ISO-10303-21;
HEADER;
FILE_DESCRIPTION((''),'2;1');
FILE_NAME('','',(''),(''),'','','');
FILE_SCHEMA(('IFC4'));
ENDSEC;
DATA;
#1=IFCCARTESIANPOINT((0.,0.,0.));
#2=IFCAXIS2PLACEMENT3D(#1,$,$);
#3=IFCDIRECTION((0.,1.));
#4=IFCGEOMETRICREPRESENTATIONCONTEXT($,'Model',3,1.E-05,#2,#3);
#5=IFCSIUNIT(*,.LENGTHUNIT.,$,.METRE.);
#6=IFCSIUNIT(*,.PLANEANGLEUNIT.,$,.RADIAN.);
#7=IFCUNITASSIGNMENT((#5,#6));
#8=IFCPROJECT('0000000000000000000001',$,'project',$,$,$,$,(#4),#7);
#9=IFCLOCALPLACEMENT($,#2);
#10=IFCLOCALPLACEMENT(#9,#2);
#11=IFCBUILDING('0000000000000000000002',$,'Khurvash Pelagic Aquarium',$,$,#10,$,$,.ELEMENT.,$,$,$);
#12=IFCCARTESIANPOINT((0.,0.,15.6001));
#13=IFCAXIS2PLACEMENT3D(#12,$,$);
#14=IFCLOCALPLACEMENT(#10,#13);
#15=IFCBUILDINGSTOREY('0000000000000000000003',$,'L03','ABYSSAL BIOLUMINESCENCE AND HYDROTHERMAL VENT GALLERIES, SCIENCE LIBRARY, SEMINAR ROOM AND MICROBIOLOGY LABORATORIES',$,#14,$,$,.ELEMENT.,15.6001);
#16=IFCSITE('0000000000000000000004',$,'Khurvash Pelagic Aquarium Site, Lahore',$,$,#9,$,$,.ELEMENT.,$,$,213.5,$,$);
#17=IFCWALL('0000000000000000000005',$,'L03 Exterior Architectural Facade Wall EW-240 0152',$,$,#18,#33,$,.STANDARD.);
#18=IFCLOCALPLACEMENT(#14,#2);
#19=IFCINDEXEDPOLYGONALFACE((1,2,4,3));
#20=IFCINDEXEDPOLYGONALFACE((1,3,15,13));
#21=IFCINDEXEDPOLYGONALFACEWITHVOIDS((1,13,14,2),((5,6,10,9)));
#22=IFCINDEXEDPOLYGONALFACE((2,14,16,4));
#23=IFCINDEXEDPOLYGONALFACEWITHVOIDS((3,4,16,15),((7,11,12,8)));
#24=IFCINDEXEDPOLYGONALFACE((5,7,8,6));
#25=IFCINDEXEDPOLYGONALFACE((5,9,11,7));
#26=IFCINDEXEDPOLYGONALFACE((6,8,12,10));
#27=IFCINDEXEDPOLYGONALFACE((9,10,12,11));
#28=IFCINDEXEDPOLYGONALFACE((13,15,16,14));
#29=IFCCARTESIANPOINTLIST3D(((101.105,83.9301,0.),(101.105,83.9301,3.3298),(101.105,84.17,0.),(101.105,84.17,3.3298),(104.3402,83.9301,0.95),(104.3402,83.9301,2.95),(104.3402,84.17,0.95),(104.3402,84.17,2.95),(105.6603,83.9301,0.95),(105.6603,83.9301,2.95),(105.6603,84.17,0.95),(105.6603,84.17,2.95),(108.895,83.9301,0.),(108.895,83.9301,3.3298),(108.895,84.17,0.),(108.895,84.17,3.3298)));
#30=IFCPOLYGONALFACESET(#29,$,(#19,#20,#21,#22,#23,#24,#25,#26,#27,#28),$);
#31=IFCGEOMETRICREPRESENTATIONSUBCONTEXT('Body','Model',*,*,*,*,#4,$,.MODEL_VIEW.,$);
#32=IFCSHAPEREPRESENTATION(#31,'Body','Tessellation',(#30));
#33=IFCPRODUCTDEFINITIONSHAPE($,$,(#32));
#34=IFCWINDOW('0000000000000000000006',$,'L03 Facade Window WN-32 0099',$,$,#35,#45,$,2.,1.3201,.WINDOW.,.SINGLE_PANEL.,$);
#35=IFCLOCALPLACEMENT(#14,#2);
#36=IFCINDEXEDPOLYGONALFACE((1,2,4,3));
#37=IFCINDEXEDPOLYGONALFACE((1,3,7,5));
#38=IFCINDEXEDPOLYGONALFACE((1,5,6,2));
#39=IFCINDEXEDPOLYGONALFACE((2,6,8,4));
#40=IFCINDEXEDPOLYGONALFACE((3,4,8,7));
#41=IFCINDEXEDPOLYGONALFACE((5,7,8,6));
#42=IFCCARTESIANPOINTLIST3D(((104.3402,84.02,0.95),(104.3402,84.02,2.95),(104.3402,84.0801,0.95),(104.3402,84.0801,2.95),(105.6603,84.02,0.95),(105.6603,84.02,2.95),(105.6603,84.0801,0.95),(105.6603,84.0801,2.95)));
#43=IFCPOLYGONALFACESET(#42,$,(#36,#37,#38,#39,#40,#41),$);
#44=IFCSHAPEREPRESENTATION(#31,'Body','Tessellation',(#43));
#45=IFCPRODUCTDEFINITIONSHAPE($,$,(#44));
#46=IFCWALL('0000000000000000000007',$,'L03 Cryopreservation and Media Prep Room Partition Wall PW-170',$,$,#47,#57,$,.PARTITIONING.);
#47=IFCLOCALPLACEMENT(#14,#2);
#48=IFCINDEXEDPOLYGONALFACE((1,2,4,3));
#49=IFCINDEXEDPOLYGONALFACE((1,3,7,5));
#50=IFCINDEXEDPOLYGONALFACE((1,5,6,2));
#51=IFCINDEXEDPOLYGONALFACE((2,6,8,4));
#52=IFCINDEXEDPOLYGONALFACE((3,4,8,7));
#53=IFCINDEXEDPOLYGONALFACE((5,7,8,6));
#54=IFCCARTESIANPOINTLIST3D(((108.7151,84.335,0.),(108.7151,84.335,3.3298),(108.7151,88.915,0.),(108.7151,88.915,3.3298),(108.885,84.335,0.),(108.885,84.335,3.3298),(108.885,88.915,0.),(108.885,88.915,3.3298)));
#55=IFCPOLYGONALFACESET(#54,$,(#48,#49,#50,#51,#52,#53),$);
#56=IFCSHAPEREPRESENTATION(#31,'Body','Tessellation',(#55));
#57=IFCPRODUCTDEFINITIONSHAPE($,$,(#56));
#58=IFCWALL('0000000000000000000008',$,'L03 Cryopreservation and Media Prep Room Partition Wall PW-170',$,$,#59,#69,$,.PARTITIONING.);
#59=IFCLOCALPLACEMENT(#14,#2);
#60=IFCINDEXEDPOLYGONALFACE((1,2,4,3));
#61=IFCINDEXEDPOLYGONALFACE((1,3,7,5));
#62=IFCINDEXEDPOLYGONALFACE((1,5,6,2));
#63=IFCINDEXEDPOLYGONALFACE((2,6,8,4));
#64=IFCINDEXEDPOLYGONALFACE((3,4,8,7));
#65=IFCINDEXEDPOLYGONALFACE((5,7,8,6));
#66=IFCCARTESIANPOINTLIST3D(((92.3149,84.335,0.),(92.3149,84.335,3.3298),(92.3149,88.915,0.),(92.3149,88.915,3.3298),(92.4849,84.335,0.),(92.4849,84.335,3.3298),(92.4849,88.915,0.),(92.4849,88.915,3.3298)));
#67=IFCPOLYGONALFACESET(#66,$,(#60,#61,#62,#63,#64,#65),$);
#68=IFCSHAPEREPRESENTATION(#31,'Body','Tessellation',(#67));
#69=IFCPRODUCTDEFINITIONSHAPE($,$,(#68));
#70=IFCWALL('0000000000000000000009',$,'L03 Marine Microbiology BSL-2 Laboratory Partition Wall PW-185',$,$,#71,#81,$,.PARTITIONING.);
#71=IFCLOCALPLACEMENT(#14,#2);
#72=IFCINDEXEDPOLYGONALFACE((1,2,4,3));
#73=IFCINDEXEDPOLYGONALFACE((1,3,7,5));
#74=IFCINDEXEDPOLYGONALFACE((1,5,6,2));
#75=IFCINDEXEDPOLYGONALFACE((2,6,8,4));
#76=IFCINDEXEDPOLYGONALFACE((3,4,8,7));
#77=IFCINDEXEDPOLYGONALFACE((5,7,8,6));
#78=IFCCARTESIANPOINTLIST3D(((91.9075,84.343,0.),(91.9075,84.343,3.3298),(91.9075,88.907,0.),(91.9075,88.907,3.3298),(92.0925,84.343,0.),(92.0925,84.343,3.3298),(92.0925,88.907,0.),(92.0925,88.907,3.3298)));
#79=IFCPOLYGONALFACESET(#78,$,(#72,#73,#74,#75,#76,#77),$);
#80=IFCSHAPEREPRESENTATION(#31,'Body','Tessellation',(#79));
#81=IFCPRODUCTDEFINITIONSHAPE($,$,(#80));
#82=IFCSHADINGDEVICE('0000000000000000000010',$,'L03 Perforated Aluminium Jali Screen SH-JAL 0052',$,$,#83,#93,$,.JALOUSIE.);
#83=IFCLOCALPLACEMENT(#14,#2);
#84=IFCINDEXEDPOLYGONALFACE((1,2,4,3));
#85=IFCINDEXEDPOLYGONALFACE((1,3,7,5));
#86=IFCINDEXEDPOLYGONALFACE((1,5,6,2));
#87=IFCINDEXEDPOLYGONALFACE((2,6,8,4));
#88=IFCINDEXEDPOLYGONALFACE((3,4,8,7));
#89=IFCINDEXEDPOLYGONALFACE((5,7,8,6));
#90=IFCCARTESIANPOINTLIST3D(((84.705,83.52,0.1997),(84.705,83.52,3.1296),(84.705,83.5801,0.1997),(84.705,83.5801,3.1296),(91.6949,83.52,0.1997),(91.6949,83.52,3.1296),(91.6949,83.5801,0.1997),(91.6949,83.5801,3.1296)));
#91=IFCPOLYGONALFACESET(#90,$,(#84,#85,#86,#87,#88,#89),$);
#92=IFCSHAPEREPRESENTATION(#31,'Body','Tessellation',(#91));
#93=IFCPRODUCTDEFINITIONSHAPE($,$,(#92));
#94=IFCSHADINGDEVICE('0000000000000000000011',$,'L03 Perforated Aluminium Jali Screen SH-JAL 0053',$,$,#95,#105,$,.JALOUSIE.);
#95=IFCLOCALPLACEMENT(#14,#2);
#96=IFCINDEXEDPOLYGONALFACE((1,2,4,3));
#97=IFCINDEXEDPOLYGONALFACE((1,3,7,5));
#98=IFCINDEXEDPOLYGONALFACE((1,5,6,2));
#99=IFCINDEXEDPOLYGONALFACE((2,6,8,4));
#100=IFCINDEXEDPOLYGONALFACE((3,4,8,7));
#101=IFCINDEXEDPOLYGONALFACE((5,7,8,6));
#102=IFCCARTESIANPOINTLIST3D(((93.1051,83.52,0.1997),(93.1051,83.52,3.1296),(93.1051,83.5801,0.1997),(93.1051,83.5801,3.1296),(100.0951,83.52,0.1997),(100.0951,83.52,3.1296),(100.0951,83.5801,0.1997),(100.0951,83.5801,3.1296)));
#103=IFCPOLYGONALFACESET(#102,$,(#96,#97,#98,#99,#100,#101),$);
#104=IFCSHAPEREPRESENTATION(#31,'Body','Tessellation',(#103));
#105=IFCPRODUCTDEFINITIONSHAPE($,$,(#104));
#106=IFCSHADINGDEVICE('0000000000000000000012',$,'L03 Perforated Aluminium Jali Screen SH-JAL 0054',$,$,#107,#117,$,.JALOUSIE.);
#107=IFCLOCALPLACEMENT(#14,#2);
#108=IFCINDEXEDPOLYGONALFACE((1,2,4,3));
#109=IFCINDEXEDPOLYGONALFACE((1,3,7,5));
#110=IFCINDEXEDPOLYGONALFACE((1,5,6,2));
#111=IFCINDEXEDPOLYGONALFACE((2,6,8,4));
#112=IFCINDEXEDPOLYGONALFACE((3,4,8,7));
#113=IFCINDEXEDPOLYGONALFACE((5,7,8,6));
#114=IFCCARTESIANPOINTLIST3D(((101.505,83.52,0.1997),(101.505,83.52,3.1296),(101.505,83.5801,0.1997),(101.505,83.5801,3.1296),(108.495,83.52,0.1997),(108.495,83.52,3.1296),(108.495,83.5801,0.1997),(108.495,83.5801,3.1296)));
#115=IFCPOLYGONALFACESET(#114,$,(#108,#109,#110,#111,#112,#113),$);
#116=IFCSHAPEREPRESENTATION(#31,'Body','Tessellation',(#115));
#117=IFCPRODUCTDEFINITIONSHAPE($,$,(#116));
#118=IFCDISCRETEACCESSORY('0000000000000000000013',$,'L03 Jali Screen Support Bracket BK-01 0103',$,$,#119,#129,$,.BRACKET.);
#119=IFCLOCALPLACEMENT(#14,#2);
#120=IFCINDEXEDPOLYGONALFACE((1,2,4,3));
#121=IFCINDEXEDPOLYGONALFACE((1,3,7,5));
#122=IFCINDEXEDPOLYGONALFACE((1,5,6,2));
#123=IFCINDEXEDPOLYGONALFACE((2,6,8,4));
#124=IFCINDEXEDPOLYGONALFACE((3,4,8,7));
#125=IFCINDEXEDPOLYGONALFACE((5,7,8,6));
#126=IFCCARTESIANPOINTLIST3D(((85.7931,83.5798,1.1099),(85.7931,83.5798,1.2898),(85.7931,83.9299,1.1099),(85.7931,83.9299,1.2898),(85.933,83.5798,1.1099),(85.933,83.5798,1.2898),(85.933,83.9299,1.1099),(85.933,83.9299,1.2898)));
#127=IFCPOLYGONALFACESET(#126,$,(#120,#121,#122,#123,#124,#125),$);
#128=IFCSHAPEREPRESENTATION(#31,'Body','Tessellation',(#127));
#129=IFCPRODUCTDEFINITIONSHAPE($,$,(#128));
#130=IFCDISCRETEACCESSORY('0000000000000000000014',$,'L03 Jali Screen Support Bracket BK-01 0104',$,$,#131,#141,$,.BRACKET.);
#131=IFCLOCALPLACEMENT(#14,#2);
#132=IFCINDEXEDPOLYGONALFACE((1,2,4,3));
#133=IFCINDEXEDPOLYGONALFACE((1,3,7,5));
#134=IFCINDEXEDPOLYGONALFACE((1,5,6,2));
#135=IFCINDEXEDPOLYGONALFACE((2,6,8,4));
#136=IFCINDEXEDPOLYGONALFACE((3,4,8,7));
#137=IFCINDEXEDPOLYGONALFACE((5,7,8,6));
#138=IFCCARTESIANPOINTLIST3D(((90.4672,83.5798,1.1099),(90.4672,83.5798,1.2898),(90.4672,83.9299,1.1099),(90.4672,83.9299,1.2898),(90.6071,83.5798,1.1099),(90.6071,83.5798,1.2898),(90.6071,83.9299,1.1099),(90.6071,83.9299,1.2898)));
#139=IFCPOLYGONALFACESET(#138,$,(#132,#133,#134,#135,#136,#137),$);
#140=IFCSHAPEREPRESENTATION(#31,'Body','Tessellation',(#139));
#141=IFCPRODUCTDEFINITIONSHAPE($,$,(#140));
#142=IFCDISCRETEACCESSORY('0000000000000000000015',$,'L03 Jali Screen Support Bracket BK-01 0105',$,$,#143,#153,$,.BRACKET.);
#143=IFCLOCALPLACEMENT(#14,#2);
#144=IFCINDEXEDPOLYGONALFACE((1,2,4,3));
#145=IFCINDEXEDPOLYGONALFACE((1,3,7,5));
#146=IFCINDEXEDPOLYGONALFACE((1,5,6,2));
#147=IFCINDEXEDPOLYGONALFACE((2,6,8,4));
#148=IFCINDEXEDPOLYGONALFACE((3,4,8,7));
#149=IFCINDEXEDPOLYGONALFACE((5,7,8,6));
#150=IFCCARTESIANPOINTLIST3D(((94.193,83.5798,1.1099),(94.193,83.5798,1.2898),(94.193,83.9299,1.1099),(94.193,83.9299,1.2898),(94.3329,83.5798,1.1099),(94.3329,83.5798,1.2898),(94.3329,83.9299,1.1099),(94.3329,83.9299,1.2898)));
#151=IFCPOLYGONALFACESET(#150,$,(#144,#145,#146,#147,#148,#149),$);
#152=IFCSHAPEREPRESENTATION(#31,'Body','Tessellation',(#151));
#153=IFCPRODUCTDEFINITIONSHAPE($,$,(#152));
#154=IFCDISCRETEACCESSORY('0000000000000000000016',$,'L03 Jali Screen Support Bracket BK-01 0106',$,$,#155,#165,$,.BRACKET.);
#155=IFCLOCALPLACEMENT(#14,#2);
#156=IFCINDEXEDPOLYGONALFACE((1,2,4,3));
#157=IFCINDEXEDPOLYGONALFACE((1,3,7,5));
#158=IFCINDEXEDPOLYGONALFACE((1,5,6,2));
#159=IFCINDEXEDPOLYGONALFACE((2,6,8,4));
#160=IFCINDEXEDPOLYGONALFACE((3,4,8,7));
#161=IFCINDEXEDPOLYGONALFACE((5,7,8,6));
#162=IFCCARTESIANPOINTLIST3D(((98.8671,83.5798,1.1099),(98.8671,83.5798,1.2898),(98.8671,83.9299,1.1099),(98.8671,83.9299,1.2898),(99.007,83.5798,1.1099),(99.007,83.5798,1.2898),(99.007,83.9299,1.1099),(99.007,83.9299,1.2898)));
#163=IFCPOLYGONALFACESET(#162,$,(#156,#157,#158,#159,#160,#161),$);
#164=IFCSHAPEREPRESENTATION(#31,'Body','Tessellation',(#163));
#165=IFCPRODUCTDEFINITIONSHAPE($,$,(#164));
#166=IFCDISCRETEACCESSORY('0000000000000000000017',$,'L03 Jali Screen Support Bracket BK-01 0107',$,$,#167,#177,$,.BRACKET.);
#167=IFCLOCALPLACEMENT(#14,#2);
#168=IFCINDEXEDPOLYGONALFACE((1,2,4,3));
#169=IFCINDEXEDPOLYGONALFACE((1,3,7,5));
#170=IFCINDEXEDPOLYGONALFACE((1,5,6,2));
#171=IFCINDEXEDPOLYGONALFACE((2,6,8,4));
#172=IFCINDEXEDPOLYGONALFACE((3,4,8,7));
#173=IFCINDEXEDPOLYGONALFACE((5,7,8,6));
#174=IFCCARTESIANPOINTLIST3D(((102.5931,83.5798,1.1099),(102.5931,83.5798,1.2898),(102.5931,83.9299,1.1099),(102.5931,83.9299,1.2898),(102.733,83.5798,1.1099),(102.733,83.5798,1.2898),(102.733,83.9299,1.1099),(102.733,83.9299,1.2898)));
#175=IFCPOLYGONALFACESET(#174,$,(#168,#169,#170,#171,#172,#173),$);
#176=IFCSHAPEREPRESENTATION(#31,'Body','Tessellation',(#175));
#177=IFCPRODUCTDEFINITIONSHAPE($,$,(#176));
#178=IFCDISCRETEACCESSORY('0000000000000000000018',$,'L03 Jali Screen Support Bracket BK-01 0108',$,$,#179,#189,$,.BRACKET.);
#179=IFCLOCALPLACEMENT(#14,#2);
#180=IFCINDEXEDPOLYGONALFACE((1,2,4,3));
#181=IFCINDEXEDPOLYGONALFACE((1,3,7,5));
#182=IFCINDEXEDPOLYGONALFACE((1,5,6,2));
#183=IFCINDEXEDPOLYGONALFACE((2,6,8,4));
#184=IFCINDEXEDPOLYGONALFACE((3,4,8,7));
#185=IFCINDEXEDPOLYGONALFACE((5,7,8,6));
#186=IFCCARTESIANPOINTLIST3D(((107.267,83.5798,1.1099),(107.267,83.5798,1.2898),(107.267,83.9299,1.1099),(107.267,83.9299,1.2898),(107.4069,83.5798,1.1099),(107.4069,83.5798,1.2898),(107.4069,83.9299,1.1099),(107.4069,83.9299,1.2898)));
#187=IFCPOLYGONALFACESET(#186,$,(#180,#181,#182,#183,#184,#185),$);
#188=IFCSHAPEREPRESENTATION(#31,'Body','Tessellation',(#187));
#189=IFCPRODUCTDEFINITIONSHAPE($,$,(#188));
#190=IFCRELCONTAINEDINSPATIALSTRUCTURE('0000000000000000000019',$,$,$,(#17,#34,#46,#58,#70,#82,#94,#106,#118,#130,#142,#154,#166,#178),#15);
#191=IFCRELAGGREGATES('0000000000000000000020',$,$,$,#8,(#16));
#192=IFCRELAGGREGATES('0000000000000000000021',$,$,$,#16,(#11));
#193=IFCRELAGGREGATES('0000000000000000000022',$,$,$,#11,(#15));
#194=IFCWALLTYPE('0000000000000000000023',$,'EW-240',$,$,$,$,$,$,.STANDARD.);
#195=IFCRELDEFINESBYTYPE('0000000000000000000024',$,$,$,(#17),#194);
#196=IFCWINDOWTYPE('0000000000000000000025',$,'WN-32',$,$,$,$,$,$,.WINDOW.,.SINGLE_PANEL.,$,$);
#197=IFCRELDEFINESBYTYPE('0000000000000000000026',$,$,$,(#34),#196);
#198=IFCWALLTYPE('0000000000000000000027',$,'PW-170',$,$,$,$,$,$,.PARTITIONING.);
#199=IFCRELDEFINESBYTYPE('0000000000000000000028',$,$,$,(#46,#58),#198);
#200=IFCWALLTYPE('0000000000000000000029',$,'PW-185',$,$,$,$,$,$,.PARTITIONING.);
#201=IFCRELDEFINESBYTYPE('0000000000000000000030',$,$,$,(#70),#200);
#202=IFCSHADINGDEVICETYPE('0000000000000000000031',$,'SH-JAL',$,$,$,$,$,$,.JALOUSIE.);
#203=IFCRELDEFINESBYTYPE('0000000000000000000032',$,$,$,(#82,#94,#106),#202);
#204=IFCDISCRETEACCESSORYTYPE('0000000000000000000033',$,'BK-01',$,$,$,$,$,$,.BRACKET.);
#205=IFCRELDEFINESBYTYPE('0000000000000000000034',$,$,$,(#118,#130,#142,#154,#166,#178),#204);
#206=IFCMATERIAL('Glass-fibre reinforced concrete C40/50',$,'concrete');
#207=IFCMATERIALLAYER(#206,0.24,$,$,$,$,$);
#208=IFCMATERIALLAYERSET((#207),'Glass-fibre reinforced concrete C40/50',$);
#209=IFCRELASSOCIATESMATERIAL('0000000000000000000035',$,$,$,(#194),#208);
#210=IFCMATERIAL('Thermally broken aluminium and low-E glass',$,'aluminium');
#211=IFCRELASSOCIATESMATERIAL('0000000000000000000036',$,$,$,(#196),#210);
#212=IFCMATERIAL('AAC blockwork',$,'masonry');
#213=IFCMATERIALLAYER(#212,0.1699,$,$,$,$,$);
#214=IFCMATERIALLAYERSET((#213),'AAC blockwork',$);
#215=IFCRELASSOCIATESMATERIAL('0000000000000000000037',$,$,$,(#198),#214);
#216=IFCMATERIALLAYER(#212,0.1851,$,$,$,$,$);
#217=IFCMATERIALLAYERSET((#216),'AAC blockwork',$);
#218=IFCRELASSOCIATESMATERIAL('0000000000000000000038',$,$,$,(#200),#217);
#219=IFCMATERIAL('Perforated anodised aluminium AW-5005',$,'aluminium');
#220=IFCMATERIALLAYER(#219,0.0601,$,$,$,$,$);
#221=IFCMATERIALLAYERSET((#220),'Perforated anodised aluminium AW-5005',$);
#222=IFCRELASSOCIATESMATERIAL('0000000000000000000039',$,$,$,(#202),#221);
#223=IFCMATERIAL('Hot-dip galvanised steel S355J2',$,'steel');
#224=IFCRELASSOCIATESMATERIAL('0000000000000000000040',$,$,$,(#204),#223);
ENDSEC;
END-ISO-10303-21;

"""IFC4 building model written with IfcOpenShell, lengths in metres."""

from ifc_helpers import new_model, si_unit, direction, frame, frame_2d, origin, origin_2d, place, context, subcontext, project, spatial, rectangle, extrude, material, layer, layer_set, type_object, element, fill, save


model = new_model("IFC4")

# Units and contexts
model_context = context("Model", 3, precision=1e-05, world=origin(), true_north=direction((0.0, 1.0)))
body_context = subcontext(model_context, "Body", "Model", "MODEL_VIEW")
ifc_project = project(units=[si_unit("LENGTHUNIT", "METRE"), si_unit("PLANEANGLEUNIT", "RADIAN")], contexts=[model_context])

# Site, building, storey
site_placement = place(None, origin())
site = spatial("IfcSite", under=ifc_project, at=site_placement, Name="Khurvash Pelagic Aquarium Site, Lahore", CompositionType="ELEMENT", RefElevation=213.5)
building_placement = place(site_placement, origin())
building = spatial("IfcBuilding", under=site, at=building_placement, Name="Khurvash Pelagic Aquarium", CompositionType="ELEMENT")
storey_placement = place(building_placement, frame((0.0, 0.0, 15.6001)))
storey = spatial("IfcBuildingStorey", under=building, at=storey_placement, Name="L03", Description="ABYSSAL BIOLUMINESCENCE AND HYDROTHERMAL VENT GALLERIES, SCIENCE LIBRARY, SEMINAR ROOM AND MICROBIOLOGY LABORATORIES", CompositionType="ELEMENT", Elevation=15.6001)

# Shared definitions
ifc_material_1 = material(Name="Glass-fibre reinforced concrete C40/50", Category="concrete")
ifc_layer_1 = layer(ifc_material_1, 0.24)
ifc_layer_set_1 = layer_set([ifc_layer_1], Name="Glass-fibre reinforced concrete C40/50")
wall_type_1 = type_object("IfcWallType", Name="EW-240", PredefinedType="STANDARD", material=ifc_layer_set_1)

# Wall, opening, window
wall_1_placement = place(storey_placement, frame((101.105, 84.05, 0.0), z_axis=(0.0, 0.0, 1.0), x_axis=(1.0, 0.0, 0.0)))
wall_1 = element("IfcWall", 1, at=wall_1_placement, inside=storey, type_object=wall_type_1, Name="L03 Exterior Architectural Facade Wall EW-240 0152", PredefinedType="STANDARD", context=body_context, shape_type="SweptSolid", body=[
    extrude(rectangle(XDim=7.79, YDim=0.24, at=frame_2d((3.895, 0.0))), origin(), (0.0, 0.0, 1.0), 3.3298),
])
opening_placement = place(wall_1_placement, frame((3.2351, 0.0, 0.95)))
opening = element("IfcOpeningElement", 2, at=opening_placement, cuts=wall_1, PredefinedType="OPENING", context=body_context, shape_type="SweptSolid", body=[
    extrude(rectangle(XDim=1.3201, YDim=2.0, at=frame_2d((0.6602, 1.0))), frame((0.0, 0.1299, 0.0), z_axis=(0.0, -1.0, 0.0), x_axis=(1.0, 0.0, 0.0)), (0.0, 0.0, 1.0), 0.26),
])
ifc_material_2 = material(Name="Thermally broken aluminium and low-E glass", Category="aluminium")
window_type = type_object("IfcWindowType", Name="WN-32", PartitioningType="SINGLE_PANEL", PredefinedType="WINDOW", material=ifc_material_2)
window_placement = place(opening_placement, origin())
window = element("IfcWindow", 3, at=window_placement, inside=storey, type_object=window_type, Name="L03 Facade Window WN-32 0099", OverallHeight=2.0, OverallWidth=1.3201, PartitioningType="SINGLE_PANEL", PredefinedType="WINDOW", context=body_context, shape_type="SweptSolid", body=[
    extrude(rectangle(XDim=1.3201, YDim=2.0, at=frame_2d((0.6602, 1.0))), frame((0.0, 0.03, 0.0), z_axis=(0.0, -1.0, 0.0), x_axis=(1.0, 0.0, 0.0)), (0.0, 0.0, 1.0), 0.0601),
])
fill(opening, window)

# Walls
ifc_material_3 = material(Name="AAC blockwork", Category="masonry")
ifc_layer_2 = layer(ifc_material_3, 0.1699)
ifc_layer_set_2 = layer_set([ifc_layer_2], Name="AAC blockwork")
wall_type_2 = type_object("IfcWallType", Name="PW-170", PredefinedType="PARTITIONING", material=ifc_layer_set_2)
for number, where, z_axis, x_axis, name in (
    (4, (108.8, 84.335, 0.0), (0.0, 0.0, 1.0), (0.0, 1.0, 0.0), "L03 Cryopreservation and Media Prep Room Partition Wall PW-170"),
    (5, (92.3999, 84.335, 0.0), (0.0, 0.0, 1.0), (0.0, 1.0, 0.0), "L03 Cryopreservation and Media Prep Room Partition Wall PW-170"),
):
    element("IfcWall", number, at=place(storey_placement, frame(where, z_axis=z_axis, x_axis=x_axis)), inside=storey, type_object=wall_type_2, Name=name, PredefinedType="PARTITIONING", context=body_context, shape_type="SweptSolid", body=[
        extrude(rectangle(XDim=4.5801, YDim=0.1699, at=frame_2d((2.29, 0.0))), origin(), (0.0, 0.0, 1.0), 3.3298),
    ])
ifc_layer_3 = layer(ifc_material_3, 0.1851)
ifc_layer_set_3 = layer_set([ifc_layer_3], Name="AAC blockwork")
wall_type_3 = type_object("IfcWallType", Name="PW-185", PredefinedType="PARTITIONING", material=ifc_layer_set_3)
wall_2_placement = place(storey_placement, frame((92.0, 84.343, 0.0), z_axis=(0.0, 0.0, 1.0), x_axis=(0.0, 1.0, 0.0)))
element("IfcWall", 6, at=wall_2_placement, inside=storey, type_object=wall_type_3, Name="L03 Marine Microbiology BSL-2 Laboratory Partition Wall PW-185", PredefinedType="PARTITIONING", context=body_context, shape_type="SweptSolid", body=[
    extrude(rectangle(XDim=4.564, YDim=0.1851, at=frame_2d((2.282, 0.0))), origin(), (0.0, 0.0, 1.0), 3.3298),
])

# Shading devices
ifc_material_4 = material(Name="Perforated anodised aluminium AW-5005", Category="aluminium")
ifc_layer_4 = layer(ifc_material_4, 0.0601)
ifc_layer_set_4 = layer_set([ifc_layer_4], Name="Perforated anodised aluminium AW-5005")
shading_device_type = type_object("IfcShadingDeviceType", Name="SH-JAL", PredefinedType="JALOUSIE", material=ifc_layer_set_4)
for number, where, z_axis, x_axis, name in (
    (7, (88.2, 83.55, 0.1997), (0.0, 0.0, 1.0), (1.0, 0.0, 0.0), "L03 Perforated Aluminium Jali Screen SH-JAL 0052"),
    (8, (96.6001, 83.55, 0.1997), (0.0, 0.0, 1.0), (1.0, 0.0, 0.0), "L03 Perforated Aluminium Jali Screen SH-JAL 0053"),
    (9, (105.0, 83.55, 0.1997), (0.0, 0.0, 1.0), (1.0, 0.0, 0.0), "L03 Perforated Aluminium Jali Screen SH-JAL 0054"),
):
    element("IfcShadingDevice", number, at=place(storey_placement, frame(where, z_axis=z_axis, x_axis=x_axis)), inside=storey, type_object=shading_device_type, Name=name, PredefinedType="JALOUSIE", context=body_context, shape_type="SweptSolid", body=[
        extrude(rectangle(XDim=6.99, YDim=0.0601, at=origin_2d()), origin(), (0.0, 0.0, 1.0), 2.9299),
    ])

# Discrete accessories
ifc_material_5 = material(Name="Hot-dip galvanised steel S355J2", Category="steel")
discrete_accessory_type = type_object("IfcDiscreteAccessoryType", Name="BK-01", PredefinedType="BRACKET", material=ifc_material_5)
for number, where, z_axis, x_axis, name in (
    (10, (85.863, 83.7549, 1.1099), (0.0, 0.0, 1.0), (1.0, 0.0, 0.0), "L03 Jali Screen Support Bracket BK-01 0103"),
    (11, (90.5371, 83.7549, 1.1099), (0.0, 0.0, 1.0), (1.0, 0.0, 0.0), "L03 Jali Screen Support Bracket BK-01 0104"),
    (12, (94.2629, 83.7549, 1.1099), (0.0, 0.0, 1.0), (1.0, 0.0, 0.0), "L03 Jali Screen Support Bracket BK-01 0105"),
    (13, (98.937, 83.7549, 1.1099), (0.0, 0.0, 1.0), (1.0, 0.0, 0.0), "L03 Jali Screen Support Bracket BK-01 0106"),
    (14, (102.6631, 83.7549, 1.1099), (0.0, 0.0, 1.0), (1.0, 0.0, 0.0), "L03 Jali Screen Support Bracket BK-01 0107"),
    (15, (107.3369, 83.7549, 1.1099), (0.0, 0.0, 1.0), (1.0, 0.0, 0.0), "L03 Jali Screen Support Bracket BK-01 0108"),
):
    element("IfcDiscreteAccessory", number, at=place(storey_placement, frame(where, z_axis=z_axis, x_axis=x_axis)), inside=storey, type_object=discrete_accessory_type, Name=name, PredefinedType="BRACKET", context=body_context, shape_type="SweptSolid", body=[
        extrude(rectangle(XDim=0.1399, YDim=0.3501, at=origin_2d()), origin(), (0.0, 0.0, 1.0), 0.1799),
    ])

save(model, "model.ifc")
